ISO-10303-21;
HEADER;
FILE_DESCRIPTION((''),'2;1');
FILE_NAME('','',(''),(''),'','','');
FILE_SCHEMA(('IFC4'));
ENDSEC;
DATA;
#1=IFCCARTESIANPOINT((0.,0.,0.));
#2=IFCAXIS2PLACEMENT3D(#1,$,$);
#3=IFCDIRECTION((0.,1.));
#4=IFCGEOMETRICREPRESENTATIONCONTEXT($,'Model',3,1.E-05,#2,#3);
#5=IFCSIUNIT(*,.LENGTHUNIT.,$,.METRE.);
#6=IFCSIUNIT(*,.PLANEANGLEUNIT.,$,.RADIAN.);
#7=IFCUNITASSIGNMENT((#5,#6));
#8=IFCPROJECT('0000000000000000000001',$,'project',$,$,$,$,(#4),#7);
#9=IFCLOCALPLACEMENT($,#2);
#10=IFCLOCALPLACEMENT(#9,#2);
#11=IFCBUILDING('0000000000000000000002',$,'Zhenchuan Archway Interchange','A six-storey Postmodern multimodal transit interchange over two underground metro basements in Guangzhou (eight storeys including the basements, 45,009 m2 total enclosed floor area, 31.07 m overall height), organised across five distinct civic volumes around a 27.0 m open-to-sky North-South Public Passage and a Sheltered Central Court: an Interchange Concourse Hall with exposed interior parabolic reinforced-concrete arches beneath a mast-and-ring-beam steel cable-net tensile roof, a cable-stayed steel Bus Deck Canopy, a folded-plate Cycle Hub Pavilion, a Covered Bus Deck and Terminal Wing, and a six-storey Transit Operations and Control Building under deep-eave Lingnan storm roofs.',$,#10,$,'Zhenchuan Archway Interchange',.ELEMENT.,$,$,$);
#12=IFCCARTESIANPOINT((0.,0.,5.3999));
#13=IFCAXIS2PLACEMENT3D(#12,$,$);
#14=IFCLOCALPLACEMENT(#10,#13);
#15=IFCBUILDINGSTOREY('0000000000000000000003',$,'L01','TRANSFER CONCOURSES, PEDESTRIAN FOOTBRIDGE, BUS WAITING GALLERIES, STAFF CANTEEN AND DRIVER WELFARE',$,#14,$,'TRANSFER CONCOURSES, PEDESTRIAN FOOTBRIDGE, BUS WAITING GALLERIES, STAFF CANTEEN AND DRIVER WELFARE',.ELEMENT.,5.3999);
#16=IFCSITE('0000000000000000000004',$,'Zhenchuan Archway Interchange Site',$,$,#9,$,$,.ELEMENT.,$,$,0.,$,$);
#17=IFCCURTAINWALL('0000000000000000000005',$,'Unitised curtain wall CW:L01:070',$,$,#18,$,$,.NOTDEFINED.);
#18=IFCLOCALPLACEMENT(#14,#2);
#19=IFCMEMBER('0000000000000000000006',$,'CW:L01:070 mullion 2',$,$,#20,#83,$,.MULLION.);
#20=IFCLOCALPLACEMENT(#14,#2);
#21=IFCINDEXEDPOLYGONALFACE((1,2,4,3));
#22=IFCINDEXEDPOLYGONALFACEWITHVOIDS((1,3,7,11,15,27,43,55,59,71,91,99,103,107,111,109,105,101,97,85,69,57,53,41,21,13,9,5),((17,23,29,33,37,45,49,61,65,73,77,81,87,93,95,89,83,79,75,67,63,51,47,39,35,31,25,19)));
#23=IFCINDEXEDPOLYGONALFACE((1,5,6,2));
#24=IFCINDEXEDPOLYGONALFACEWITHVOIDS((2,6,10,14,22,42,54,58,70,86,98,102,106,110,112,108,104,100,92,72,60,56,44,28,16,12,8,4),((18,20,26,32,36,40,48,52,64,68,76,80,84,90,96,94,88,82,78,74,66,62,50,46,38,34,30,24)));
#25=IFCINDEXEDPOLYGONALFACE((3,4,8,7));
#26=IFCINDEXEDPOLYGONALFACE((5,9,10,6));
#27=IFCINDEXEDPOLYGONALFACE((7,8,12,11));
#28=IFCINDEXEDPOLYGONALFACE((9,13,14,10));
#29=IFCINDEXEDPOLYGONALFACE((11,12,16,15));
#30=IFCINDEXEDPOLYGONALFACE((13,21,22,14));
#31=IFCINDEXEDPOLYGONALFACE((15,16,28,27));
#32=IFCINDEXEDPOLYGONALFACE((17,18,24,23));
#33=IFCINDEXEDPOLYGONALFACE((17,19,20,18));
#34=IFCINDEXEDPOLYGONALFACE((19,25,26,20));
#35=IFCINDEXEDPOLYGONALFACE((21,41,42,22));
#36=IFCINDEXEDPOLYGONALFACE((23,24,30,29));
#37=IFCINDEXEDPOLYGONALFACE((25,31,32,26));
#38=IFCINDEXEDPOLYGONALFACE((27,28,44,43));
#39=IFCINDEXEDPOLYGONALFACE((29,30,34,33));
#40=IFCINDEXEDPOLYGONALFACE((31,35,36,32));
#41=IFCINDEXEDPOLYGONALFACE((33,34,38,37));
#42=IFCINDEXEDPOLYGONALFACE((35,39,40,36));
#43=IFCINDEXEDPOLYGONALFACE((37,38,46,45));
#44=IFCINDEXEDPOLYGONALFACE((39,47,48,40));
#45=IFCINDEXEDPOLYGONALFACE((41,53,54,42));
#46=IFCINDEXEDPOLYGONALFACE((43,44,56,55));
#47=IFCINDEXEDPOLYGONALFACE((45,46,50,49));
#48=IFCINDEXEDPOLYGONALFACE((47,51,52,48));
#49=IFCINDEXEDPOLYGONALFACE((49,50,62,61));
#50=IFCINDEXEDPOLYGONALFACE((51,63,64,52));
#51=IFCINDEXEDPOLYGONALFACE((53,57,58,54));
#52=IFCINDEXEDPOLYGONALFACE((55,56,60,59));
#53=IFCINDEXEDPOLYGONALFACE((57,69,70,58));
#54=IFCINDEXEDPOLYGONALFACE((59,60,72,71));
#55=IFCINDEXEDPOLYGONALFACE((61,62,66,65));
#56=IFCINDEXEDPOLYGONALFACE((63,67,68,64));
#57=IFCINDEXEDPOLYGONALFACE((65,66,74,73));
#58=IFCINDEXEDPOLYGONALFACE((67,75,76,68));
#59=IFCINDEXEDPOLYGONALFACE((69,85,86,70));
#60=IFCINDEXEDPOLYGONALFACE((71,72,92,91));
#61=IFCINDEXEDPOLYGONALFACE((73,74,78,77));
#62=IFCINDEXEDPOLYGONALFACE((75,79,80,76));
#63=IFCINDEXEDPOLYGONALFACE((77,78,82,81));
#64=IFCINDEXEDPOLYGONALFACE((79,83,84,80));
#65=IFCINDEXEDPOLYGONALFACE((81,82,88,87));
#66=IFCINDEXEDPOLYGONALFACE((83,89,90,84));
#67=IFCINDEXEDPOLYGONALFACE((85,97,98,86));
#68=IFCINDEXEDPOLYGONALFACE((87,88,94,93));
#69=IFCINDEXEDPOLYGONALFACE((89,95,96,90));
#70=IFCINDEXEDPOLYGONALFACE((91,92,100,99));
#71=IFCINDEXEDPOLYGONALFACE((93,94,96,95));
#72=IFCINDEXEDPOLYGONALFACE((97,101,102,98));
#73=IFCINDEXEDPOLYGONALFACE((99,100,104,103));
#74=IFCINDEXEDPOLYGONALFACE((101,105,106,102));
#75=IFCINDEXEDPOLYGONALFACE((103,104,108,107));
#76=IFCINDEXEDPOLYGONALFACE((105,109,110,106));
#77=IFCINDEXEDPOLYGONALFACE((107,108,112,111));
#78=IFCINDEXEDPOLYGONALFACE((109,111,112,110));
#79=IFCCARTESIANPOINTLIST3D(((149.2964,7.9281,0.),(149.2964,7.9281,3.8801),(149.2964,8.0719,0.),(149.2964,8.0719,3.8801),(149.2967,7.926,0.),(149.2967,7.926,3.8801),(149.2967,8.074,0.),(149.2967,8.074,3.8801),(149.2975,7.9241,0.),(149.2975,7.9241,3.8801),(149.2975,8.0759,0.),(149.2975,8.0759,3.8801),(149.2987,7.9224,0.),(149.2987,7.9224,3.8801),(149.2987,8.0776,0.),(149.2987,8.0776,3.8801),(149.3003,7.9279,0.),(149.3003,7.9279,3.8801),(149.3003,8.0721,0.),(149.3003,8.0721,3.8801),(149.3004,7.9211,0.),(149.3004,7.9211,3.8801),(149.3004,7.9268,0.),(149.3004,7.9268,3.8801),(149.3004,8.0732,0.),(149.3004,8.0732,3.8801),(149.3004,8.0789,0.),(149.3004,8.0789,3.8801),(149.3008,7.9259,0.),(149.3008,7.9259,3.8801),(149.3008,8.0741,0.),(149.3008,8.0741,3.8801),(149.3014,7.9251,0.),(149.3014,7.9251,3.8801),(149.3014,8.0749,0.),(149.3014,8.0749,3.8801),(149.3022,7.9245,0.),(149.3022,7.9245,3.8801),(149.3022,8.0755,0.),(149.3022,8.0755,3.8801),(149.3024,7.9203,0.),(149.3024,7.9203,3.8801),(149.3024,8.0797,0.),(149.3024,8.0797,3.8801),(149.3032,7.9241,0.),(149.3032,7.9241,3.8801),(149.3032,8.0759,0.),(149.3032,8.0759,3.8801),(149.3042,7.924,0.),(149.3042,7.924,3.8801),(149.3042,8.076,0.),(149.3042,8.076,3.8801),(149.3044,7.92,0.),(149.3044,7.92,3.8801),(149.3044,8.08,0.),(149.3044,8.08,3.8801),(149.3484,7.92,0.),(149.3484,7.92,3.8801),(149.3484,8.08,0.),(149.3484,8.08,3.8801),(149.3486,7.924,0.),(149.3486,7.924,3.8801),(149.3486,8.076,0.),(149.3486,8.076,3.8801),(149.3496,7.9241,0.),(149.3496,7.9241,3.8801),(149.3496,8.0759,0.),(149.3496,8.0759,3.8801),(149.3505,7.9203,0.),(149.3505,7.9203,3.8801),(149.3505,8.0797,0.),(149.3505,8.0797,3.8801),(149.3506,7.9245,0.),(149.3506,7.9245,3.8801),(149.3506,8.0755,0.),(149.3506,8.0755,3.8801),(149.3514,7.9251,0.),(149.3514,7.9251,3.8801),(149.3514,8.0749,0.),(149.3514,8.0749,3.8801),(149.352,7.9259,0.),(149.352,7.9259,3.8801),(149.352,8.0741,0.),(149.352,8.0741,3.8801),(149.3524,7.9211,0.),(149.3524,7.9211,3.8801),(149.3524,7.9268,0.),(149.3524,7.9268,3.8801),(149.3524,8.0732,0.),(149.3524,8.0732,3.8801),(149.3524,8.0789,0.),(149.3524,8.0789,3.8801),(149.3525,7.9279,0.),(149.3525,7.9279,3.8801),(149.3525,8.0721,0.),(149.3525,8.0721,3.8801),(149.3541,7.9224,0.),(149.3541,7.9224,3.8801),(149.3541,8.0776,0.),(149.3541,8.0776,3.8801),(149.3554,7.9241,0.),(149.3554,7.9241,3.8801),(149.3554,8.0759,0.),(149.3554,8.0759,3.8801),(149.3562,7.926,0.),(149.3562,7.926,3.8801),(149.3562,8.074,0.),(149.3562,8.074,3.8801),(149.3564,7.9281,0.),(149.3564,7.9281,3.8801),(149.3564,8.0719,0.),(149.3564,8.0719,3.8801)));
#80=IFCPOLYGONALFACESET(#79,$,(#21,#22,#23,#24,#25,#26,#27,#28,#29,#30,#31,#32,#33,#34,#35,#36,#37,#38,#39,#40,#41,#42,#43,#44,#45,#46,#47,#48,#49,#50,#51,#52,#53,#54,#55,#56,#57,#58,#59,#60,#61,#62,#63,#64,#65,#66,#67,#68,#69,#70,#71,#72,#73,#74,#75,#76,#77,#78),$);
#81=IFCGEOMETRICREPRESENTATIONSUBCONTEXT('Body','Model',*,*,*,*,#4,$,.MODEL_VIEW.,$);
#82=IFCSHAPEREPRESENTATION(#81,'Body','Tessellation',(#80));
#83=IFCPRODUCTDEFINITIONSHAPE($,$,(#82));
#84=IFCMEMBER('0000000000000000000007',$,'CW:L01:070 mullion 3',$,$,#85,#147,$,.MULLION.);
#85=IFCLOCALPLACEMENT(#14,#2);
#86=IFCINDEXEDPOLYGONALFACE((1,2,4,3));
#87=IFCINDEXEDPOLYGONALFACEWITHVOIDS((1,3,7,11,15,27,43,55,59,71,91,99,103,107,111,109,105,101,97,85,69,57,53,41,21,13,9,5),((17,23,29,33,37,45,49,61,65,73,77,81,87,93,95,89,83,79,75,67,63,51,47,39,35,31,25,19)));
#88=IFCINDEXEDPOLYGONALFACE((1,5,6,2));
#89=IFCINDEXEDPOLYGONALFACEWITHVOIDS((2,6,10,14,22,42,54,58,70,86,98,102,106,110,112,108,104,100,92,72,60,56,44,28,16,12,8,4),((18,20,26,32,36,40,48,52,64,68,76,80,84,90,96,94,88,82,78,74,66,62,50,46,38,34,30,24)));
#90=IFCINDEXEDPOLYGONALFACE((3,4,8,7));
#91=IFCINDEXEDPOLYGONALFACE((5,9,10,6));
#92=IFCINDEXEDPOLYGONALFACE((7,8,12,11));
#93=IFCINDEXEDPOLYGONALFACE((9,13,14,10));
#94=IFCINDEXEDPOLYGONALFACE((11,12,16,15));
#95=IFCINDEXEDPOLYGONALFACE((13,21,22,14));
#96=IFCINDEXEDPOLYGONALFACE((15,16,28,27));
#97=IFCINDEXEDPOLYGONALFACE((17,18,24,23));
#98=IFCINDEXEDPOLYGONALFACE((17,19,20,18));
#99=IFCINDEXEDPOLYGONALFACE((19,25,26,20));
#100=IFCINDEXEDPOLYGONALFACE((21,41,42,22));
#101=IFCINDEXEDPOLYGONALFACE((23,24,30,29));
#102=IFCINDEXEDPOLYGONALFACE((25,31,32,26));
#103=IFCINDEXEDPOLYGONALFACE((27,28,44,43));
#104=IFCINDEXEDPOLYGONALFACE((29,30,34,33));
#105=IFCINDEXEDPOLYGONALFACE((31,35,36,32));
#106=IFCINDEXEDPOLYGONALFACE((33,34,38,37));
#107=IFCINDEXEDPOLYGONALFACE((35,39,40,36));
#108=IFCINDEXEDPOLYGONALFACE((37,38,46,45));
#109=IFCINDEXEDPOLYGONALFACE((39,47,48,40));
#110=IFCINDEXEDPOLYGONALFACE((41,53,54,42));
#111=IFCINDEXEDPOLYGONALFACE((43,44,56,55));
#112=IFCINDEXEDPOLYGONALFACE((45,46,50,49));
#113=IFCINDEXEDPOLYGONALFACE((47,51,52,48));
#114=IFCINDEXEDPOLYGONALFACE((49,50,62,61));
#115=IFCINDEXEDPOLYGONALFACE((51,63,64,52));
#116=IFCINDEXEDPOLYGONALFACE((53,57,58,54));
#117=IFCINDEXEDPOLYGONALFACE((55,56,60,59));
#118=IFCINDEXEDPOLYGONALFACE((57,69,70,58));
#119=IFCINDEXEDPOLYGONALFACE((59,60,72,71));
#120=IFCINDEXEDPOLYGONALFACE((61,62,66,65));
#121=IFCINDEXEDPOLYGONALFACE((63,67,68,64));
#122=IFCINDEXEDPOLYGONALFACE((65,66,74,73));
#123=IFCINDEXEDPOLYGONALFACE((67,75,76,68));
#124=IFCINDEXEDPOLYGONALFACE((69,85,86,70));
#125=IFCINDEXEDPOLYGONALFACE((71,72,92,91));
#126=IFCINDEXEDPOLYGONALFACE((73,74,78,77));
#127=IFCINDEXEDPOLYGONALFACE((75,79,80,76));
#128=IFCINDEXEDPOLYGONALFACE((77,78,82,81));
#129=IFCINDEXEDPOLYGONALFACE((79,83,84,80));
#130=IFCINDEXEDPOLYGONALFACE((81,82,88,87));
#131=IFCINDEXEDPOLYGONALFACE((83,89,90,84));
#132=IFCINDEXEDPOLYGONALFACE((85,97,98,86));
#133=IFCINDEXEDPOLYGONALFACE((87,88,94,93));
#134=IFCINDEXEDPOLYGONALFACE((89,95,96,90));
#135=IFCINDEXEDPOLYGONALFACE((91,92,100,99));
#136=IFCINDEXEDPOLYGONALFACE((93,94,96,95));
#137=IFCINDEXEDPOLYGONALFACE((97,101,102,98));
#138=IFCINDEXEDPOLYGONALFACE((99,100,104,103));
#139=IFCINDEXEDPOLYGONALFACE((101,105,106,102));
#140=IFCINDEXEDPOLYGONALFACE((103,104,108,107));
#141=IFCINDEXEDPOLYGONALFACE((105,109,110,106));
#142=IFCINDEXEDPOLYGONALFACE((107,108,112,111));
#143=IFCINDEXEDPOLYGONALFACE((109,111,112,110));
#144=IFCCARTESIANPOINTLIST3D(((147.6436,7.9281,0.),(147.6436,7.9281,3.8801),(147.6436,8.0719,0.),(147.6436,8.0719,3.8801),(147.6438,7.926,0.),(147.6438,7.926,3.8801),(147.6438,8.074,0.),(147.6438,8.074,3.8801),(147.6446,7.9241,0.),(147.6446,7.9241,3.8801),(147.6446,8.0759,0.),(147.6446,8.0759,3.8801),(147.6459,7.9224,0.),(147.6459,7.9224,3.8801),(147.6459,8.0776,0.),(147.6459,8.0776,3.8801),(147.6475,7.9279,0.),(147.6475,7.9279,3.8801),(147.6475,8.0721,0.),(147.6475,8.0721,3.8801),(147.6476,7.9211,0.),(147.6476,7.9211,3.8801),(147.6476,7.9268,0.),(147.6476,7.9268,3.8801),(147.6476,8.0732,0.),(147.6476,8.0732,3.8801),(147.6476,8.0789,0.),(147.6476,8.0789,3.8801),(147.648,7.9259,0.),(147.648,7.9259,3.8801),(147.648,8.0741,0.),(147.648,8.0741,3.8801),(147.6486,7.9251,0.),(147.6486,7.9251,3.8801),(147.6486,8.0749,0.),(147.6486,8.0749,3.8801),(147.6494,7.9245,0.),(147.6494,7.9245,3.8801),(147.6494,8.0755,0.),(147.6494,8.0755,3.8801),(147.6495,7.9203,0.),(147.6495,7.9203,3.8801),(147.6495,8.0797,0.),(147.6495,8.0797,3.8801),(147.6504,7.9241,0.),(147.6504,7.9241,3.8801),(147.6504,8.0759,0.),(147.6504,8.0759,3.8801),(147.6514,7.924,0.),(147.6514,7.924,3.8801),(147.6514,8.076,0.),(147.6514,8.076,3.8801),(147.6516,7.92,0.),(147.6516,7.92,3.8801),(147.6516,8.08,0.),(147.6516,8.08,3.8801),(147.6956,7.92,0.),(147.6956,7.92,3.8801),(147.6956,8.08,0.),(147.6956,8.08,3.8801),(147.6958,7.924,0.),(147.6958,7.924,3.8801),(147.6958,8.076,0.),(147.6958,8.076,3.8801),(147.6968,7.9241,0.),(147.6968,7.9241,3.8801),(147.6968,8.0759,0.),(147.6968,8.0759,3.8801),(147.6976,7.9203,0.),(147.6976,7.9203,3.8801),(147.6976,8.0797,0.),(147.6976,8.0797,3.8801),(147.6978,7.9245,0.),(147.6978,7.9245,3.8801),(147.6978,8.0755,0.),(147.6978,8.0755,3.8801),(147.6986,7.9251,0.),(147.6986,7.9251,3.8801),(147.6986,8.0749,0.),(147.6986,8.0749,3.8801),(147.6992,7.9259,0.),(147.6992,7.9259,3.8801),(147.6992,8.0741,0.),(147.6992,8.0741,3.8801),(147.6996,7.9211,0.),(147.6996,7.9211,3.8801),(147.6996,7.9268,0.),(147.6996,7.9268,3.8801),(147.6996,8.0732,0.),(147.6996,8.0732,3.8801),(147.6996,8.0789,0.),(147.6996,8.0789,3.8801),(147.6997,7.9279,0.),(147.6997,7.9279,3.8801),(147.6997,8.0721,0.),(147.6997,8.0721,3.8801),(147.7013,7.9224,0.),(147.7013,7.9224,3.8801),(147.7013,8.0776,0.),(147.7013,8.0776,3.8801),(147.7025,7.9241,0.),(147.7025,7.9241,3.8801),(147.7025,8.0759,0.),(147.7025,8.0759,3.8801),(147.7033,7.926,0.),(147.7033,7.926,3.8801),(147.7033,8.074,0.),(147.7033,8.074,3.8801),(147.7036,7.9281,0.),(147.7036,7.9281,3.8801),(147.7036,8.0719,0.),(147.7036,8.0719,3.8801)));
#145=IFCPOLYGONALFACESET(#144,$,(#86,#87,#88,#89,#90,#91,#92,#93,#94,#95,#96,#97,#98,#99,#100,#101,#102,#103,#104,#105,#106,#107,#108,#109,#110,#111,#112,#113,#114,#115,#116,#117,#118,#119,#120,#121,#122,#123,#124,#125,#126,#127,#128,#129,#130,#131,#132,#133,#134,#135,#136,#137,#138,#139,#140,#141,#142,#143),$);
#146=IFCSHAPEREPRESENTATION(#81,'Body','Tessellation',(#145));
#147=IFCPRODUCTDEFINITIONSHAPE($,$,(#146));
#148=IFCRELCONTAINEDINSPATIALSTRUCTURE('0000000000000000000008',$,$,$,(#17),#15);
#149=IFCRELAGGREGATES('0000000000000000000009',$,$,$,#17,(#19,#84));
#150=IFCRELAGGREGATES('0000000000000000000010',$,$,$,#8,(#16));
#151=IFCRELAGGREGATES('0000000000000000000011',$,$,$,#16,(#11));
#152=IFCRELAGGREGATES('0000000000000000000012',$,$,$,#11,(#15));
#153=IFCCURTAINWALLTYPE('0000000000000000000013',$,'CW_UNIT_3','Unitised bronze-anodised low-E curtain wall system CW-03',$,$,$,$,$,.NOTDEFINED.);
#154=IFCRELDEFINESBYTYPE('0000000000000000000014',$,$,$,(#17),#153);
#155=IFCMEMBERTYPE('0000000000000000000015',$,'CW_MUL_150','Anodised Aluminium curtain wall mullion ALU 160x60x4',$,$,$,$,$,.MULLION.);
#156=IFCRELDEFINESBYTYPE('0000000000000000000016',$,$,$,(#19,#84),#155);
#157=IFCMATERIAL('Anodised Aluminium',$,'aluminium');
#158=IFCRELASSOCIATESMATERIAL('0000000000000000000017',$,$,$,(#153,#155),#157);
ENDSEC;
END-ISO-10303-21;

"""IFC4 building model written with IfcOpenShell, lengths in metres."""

from ifc_helpers import new_model, si_unit, direction, frame, origin, origin_2d, place, context, subcontext, project, spatial, hollow_rectangle, extrude, material, material_profile, profile_set, type_object, element, aggregate, save


model = new_model("IFC4")

# Units and contexts
model_context = context("Model", 3, precision=1e-05, world=origin(), true_north=direction((0.0, 1.0)))
body_context = subcontext(model_context, "Body", "Model", "MODEL_VIEW")
ifc_project = project(units=[si_unit("LENGTHUNIT", "METRE"), si_unit("PLANEANGLEUNIT", "RADIAN")], contexts=[model_context])

# Site, building, storey
site_placement = place(None, origin())
site = spatial("IfcSite", under=ifc_project, at=site_placement, Name="Zhenchuan Archway Interchange Site", CompositionType="ELEMENT", RefElevation=0.0)
building_placement = place(site_placement, origin())
building = spatial("IfcBuilding", under=site, at=building_placement, Name="Zhenchuan Archway Interchange", Description="A six-storey Postmodern multimodal transit interchange over two underground metro basements in Guangzhou (eight storeys including the basements, 45,009 m2 total enclosed floor area, 31.07 m overall height), organised across five distinct civic volumes around a 27.0 m open-to-sky North-South Public Passage and a Sheltered Central Court: an Interchange Concourse Hall with exposed interior parabolic reinforced-concrete arches beneath a mast-and-ring-beam steel cable-net tensile roof, a cable-stayed steel Bus Deck Canopy, a folded-plate Cycle Hub Pavilion, a Covered Bus Deck and Terminal Wing, and a six-storey Transit Operations and Control Building under deep-eave Lingnan storm roofs.", LongName="Zhenchuan Archway Interchange", CompositionType="ELEMENT")
storey_placement = place(building_placement, frame((0.0, 0.0, 5.3999)))
storey = spatial("IfcBuildingStorey", under=building, at=storey_placement, Name="L01", Description="TRANSFER CONCOURSES, PEDESTRIAN FOOTBRIDGE, BUS WAITING GALLERIES, STAFF CANTEEN AND DRIVER WELFARE", LongName="TRANSFER CONCOURSES, PEDESTRIAN FOOTBRIDGE, BUS WAITING GALLERIES, STAFF CANTEEN AND DRIVER WELFARE", CompositionType="ELEMENT", Elevation=5.3999)

# Curtain wall, members
ifc_material_1 = material(Name="Anodised Aluminium", Category="aluminium")
curtain_wall_type = type_object("IfcCurtainWallType", Name="CW_UNIT_3", Description="Unitised bronze-anodised low-E curtain wall system CW-03", PredefinedType="NOTDEFINED", material=ifc_material_1)
curtain_wall_placement = place(storey_placement, origin())
curtain_wall = element("IfcCurtainWall", 1, at=curtain_wall_placement, inside=storey, type_object=curtain_wall_type, Name="Unitised curtain wall CW:L01:070", PredefinedType="NOTDEFINED")
ifc_material_profile_1 = material_profile(ifc_material_1, hollow_rectangle(XDim=0.0601, YDim=0.1599, WallThickness=0.0039, InnerFilletRadius=0.0039, OuterFilletRadius=0.0081, at=origin_2d()), Name="ALU 160x60x4")
ifc_profile_set_1 = profile_set([ifc_material_profile_1], Name="Anodised Aluminium")
member_type_1 = type_object("IfcMemberType", Name="CW_MUL_150", Description="Anodised Aluminium curtain wall mullion ALU 160x60x4", PredefinedType="MULLION", material=ifc_profile_set_1)
member_1_placement = place(storey_placement, frame((149.3264, 8.0, 0.0), z_axis=(0.0, 0.0, 1.0), x_axis=(1.0, 0.0, 0.0)))
member_1 = element("IfcMember", 2, at=member_1_placement, type_object=member_type_1, Name="CW:L01:070 mullion 2", PredefinedType="MULLION", context=body_context, shape_type="SweptSolid", body=[
    extrude(hollow_rectangle(XDim=0.0601, YDim=0.1599, WallThickness=0.0039, InnerFilletRadius=0.0039, OuterFilletRadius=0.0081, at=origin_2d()), origin(), (0.0, 0.0, 1.0), 3.8801),
])
member_2_placement = place(storey_placement, frame((147.6736, 8.0, 0.0), z_axis=(0.0, 0.0, 1.0), x_axis=(1.0, 0.0, 0.0)))
member_2 = element("IfcMember", 3, at=member_2_placement, type_object=member_type_1, Name="CW:L01:070 mullion 3", PredefinedType="MULLION", context=body_context, shape_type="SweptSolid", body=[
    extrude(hollow_rectangle(XDim=0.0601, YDim=0.1599, WallThickness=0.0039, InnerFilletRadius=0.0039, OuterFilletRadius=0.0081, at=origin_2d()), origin(), (0.0, 0.0, 1.0), 3.8801),
])

aggregate(curtain_wall, [member_1, member_2])

save(model, "model.ifc")
